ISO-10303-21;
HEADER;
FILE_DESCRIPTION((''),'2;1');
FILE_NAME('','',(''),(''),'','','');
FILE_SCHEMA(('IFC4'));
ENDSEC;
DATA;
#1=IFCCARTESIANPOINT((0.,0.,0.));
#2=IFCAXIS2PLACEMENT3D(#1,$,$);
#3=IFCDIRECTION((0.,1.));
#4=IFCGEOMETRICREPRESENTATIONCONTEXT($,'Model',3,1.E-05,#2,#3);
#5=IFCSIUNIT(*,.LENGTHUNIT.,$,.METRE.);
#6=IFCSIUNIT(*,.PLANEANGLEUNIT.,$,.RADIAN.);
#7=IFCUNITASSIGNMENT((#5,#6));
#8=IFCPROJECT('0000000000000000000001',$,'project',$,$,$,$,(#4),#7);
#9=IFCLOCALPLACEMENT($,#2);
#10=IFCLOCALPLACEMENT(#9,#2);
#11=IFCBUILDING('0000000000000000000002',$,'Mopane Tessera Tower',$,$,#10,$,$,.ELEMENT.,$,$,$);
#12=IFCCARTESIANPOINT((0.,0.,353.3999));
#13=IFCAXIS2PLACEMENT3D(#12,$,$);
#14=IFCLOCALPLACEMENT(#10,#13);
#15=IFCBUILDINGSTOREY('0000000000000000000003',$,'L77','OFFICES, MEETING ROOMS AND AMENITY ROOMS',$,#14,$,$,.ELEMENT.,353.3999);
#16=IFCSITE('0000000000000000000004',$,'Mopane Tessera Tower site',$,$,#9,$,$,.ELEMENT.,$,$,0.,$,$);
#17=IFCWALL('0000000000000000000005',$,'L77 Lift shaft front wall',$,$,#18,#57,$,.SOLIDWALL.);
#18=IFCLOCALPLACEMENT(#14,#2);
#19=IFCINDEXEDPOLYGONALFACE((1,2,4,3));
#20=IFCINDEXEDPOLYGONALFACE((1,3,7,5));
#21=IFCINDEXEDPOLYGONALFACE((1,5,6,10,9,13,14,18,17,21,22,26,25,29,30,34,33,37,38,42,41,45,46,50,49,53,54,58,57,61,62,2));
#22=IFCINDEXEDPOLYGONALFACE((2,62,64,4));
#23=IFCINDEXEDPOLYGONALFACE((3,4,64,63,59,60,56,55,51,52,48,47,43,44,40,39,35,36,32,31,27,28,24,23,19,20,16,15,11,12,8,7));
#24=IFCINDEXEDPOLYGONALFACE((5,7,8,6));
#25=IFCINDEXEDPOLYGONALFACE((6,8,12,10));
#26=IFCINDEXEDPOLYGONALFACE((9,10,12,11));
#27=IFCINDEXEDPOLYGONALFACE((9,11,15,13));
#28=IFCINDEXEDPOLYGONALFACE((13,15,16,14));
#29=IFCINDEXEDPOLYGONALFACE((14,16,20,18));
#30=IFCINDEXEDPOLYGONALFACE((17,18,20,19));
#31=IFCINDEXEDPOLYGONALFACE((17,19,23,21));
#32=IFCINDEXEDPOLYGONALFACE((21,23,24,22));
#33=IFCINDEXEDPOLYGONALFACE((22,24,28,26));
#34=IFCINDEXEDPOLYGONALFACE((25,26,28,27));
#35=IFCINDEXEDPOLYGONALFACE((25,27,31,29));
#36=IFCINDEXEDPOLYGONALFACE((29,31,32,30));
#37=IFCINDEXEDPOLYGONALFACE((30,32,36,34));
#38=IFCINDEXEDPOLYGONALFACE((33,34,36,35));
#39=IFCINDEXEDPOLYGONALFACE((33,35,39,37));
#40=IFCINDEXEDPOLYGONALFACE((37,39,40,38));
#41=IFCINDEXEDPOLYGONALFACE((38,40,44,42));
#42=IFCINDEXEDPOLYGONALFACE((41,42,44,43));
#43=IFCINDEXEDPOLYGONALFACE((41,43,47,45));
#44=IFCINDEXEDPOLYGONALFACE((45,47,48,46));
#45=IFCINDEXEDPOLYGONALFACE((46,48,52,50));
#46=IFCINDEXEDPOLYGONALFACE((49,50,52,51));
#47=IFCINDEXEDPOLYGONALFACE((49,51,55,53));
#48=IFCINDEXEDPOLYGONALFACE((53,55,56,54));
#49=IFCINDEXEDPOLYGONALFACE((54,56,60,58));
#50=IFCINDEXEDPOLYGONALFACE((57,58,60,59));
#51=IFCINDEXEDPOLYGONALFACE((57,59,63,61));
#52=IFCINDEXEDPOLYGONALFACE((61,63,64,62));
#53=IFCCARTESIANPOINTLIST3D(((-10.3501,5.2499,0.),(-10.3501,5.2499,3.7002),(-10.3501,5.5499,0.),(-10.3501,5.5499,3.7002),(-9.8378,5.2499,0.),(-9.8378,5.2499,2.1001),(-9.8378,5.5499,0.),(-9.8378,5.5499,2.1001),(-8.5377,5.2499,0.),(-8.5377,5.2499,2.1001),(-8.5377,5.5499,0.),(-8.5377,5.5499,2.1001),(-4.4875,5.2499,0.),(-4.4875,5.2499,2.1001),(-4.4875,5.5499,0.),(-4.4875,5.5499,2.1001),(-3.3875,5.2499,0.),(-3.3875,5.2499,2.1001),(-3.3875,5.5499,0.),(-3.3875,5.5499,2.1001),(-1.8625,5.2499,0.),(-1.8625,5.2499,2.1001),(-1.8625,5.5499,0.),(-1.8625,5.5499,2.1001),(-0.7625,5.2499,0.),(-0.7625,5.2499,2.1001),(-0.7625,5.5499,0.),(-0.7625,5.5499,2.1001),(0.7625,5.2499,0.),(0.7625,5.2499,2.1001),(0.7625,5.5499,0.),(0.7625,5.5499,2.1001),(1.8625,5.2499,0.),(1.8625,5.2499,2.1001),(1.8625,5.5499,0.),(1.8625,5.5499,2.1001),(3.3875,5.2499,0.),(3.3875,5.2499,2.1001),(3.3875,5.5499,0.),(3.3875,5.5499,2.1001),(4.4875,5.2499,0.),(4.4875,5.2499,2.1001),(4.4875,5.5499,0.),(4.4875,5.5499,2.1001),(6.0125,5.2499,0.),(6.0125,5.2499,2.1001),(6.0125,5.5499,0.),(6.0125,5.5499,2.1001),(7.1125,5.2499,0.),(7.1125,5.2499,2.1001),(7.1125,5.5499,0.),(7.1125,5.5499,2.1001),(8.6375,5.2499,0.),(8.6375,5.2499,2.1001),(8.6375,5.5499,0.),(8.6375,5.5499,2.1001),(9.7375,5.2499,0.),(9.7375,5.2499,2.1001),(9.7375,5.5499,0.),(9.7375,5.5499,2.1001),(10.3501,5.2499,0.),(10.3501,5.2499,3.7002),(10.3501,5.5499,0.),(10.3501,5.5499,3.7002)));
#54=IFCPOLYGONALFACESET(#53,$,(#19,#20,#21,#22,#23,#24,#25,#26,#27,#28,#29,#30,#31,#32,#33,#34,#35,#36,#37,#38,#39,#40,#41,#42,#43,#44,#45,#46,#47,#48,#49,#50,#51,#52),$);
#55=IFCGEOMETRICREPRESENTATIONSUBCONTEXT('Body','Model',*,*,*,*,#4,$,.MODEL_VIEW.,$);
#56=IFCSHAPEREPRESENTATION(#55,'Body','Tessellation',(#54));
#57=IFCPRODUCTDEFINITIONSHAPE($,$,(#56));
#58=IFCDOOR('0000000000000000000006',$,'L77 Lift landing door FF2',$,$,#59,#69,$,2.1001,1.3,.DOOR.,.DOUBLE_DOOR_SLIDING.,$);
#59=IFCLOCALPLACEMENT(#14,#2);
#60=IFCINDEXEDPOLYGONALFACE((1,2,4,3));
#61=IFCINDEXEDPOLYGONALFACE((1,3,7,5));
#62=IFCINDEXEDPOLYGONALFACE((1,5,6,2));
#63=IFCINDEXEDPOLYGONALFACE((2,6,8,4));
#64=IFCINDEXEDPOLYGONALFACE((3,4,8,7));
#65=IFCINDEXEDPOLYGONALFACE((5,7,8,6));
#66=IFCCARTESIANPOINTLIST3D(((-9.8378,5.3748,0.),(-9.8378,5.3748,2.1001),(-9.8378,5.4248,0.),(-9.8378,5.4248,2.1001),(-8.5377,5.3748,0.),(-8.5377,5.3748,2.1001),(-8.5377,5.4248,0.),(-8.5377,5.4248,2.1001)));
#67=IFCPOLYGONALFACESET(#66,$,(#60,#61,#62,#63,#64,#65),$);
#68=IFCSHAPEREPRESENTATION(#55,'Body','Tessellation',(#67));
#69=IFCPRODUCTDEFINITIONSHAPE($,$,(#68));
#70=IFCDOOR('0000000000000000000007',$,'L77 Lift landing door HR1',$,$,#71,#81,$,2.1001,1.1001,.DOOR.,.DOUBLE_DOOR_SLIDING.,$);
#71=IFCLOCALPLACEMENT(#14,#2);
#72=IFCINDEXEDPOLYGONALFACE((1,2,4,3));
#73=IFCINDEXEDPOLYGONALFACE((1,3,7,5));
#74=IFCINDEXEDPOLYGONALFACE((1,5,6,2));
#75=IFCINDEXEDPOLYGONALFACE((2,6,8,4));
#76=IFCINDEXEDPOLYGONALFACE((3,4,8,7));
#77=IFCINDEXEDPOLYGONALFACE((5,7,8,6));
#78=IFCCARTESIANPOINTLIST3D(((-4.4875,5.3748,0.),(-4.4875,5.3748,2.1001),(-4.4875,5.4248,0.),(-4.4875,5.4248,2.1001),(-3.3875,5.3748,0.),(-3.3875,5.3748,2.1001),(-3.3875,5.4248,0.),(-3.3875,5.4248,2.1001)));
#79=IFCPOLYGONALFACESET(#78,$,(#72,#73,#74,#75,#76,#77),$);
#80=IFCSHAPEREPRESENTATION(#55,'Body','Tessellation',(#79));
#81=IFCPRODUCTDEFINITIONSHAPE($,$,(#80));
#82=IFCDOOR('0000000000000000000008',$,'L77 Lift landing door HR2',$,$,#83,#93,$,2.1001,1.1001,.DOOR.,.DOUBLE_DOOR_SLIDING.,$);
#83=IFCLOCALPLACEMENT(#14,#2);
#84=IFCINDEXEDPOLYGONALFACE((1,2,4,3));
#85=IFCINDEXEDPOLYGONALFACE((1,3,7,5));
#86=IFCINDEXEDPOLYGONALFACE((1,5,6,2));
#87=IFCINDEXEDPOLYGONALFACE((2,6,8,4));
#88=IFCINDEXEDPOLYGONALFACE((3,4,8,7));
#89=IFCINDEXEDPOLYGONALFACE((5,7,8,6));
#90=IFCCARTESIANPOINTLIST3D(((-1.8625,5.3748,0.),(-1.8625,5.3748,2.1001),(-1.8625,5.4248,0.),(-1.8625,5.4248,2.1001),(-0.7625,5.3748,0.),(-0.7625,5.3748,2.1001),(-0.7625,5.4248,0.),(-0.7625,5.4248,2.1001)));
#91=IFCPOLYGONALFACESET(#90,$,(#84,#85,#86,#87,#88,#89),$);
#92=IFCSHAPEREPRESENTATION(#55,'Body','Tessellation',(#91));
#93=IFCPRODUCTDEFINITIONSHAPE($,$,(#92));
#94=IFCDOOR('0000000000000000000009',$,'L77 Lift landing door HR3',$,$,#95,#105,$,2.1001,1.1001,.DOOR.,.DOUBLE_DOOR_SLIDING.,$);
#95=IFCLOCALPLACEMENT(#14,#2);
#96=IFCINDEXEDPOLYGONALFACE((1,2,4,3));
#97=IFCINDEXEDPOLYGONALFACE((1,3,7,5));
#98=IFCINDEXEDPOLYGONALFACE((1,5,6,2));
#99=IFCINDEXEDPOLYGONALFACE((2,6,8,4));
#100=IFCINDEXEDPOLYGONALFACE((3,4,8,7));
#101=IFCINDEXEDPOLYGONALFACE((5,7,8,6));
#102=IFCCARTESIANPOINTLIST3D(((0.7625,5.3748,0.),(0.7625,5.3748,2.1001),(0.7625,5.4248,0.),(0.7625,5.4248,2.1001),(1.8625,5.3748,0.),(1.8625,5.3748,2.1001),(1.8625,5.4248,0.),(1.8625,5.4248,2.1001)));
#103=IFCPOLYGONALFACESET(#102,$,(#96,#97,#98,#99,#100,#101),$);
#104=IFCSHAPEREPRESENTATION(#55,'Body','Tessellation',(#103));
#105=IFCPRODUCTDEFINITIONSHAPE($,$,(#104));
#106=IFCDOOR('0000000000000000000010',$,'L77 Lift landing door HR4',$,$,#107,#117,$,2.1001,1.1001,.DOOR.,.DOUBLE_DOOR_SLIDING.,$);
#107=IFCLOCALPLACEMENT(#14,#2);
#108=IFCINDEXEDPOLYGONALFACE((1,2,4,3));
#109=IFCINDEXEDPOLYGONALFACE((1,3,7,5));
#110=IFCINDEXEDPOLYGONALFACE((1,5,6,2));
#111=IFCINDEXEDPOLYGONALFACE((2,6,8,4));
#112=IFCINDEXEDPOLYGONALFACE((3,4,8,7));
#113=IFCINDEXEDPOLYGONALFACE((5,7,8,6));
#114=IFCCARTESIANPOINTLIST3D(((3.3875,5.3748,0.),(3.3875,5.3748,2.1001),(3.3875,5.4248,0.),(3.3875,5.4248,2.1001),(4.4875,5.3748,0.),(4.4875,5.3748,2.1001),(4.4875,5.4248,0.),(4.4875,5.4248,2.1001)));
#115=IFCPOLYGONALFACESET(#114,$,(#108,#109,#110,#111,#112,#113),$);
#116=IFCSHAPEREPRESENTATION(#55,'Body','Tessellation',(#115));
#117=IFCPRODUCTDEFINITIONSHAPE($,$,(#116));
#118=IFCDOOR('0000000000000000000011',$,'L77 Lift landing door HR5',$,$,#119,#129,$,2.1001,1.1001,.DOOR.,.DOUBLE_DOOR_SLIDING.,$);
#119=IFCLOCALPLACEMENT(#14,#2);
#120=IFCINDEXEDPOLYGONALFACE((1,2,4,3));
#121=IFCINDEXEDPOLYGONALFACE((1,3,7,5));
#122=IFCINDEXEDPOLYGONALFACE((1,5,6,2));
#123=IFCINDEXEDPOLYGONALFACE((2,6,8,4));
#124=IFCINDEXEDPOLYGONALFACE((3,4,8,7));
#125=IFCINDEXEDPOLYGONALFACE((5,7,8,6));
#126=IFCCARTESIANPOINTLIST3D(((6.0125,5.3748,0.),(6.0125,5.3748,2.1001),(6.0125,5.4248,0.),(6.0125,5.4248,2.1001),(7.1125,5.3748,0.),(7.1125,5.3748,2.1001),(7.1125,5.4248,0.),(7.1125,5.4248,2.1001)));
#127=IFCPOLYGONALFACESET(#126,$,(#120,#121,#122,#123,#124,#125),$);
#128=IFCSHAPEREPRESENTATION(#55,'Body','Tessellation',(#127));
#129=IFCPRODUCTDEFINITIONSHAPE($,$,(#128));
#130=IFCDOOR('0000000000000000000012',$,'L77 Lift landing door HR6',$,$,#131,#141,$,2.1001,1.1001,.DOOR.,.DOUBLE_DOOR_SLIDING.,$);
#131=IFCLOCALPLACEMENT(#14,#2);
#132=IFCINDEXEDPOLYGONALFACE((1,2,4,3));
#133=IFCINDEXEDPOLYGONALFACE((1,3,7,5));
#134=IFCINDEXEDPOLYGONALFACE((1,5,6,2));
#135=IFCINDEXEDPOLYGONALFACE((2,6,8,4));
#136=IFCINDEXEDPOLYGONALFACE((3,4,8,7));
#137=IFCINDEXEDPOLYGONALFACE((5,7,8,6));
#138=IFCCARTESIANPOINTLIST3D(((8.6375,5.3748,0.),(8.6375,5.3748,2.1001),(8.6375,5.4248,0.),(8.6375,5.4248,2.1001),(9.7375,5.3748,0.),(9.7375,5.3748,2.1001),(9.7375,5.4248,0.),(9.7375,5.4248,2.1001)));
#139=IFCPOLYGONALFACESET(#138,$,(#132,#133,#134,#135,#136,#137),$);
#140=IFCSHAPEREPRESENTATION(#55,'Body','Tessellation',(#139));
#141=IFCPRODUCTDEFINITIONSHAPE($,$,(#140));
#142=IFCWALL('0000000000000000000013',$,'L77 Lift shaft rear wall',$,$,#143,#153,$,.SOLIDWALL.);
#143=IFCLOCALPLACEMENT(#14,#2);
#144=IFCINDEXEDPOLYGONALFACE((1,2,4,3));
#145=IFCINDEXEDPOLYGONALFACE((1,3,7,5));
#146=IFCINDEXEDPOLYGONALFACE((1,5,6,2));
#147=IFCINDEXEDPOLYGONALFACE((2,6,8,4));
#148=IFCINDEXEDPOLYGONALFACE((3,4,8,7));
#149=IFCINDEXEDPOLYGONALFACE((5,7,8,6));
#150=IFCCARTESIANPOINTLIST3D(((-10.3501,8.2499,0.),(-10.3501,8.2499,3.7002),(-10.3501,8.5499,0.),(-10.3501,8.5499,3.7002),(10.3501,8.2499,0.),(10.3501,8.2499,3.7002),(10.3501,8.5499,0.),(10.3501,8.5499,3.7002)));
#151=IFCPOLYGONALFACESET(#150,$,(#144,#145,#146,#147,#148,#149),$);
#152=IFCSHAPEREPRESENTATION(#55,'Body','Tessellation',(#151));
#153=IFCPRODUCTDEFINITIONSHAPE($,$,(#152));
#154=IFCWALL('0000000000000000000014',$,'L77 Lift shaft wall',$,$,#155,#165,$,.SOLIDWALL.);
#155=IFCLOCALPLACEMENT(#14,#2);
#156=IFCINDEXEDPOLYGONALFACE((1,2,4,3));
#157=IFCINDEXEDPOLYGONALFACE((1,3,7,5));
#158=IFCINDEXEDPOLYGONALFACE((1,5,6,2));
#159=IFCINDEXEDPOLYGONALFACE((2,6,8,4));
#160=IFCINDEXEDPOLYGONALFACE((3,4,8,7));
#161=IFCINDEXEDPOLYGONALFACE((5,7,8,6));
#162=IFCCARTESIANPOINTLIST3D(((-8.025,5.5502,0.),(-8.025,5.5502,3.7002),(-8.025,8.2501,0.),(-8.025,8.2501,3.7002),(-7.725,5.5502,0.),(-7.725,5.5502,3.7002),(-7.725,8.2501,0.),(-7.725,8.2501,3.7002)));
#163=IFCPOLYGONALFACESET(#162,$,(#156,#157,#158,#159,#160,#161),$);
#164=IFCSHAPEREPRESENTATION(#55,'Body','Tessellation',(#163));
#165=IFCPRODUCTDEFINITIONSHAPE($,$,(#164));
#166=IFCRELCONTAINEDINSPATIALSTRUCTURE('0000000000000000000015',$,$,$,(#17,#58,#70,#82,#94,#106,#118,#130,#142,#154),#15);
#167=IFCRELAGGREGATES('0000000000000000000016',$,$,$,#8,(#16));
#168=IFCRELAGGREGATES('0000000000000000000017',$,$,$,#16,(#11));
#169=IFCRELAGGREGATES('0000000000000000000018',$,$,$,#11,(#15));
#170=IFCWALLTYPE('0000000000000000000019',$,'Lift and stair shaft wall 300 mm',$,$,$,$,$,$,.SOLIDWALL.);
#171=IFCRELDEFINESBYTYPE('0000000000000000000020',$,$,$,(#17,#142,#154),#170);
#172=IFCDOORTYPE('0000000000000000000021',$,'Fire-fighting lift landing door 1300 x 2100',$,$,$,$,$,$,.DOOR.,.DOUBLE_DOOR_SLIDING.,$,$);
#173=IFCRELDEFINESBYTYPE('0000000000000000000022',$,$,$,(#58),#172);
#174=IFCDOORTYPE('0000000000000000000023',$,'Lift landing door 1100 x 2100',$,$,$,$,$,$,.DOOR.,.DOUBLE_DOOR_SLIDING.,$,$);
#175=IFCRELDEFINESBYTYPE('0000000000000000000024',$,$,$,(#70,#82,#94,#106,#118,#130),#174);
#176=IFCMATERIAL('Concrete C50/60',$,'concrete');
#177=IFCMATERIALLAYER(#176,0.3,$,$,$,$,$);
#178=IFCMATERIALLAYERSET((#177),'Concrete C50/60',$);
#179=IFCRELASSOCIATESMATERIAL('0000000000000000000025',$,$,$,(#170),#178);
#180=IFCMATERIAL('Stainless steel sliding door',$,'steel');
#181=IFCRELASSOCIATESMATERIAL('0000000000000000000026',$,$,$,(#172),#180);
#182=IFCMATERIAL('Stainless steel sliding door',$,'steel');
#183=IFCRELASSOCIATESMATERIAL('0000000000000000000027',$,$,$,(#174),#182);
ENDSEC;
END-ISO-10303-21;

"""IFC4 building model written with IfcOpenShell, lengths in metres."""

from ifc_helpers import new_model, si_unit, direction, frame, frame_2d, origin, place, context, subcontext, project, spatial, rectangle, extrude, material, layer, layer_set, type_object, element, fill, save


model = new_model("IFC4")

# Units and contexts
model_context = context("Model", 3, precision=1e-05, world=origin(), true_north=direction((0.0, 1.0)))
body_context = subcontext(model_context, "Body", "Model", "MODEL_VIEW")
ifc_project = project(units=[si_unit("LENGTHUNIT", "METRE"), si_unit("PLANEANGLEUNIT", "RADIAN")], contexts=[model_context])

# Site, building, storey
site_placement = place(None, origin())
site = spatial("IfcSite", under=ifc_project, at=site_placement, Name="Mopane Tessera Tower site", CompositionType="ELEMENT", RefElevation=0.0)
building_placement = place(site_placement, origin())
building = spatial("IfcBuilding", under=site, at=building_placement, Name="Mopane Tessera Tower", CompositionType="ELEMENT")
storey_placement = place(building_placement, frame((0.0, 0.0, 353.3999)))
storey = spatial("IfcBuildingStorey", under=building, at=storey_placement, Name="L77", Description="OFFICES, MEETING ROOMS AND AMENITY ROOMS", CompositionType="ELEMENT", Elevation=353.3999)

# Wall, openings, doors
ifc_material_1 = material(Name="Concrete C50/60", Category="concrete")
ifc_layer_1 = layer(ifc_material_1, 0.3)
ifc_layer_set_1 = layer_set([ifc_layer_1], Name="Concrete C50/60")
wall_type_1 = type_object("IfcWallType", Name="Lift and stair shaft wall 300 mm", PredefinedType="SOLIDWALL", material=ifc_layer_set_1)
ifc_material_2 = material(Name="Stainless steel sliding door", Category="steel")
door_type_1 = type_object("IfcDoorType", Name="Fire-fighting lift landing door 1300 x 2100", OperationType="DOUBLE_DOOR_SLIDING", PredefinedType="DOOR", material=ifc_material_2)
wall_1_placement = place(storey_placement, frame((-10.3501, 5.3999, 0.0), z_axis=(0.0, 0.0, 1.0), x_axis=(1.0, 0.0, 0.0)))
wall_1 = element("IfcWall", 1, at=wall_1_placement, inside=storey, type_object=wall_type_1, Name="L77 Lift shaft front wall", PredefinedType="SOLIDWALL", context=body_context, shape_type="SweptSolid", body=[
    extrude(rectangle(XDim=20.7002, YDim=0.3, at=frame_2d((10.3501, 0.0))), origin(), (0.0, 0.0, 1.0), 3.7002),
])
opening_1_placement = place(wall_1_placement, frame((0.5125, 0.0, 0.0)))
opening_1 = element("IfcOpeningElement", 2, at=opening_1_placement, cuts=wall_1, PredefinedType="OPENING", context=body_context, shape_type="SweptSolid", body=[
    extrude(rectangle(XDim=1.3, YDim=2.1001, at=frame_2d((0.6499, 1.05))), frame((0.0, 0.1621, 0.0), z_axis=(0.0, -1.0, 0.0), x_axis=(1.0, 0.0, 0.0)), (0.0, 0.0, 1.0), 0.324),
])
opening_2_placement = place(wall_1_placement, frame((5.8625, 0.0, 0.0)))
opening_2 = element("IfcOpeningElement", 3, at=opening_2_placement, cuts=wall_1, PredefinedType="OPENING", context=body_context, shape_type="SweptSolid", body=[
    extrude(rectangle(XDim=1.1001, YDim=2.1001, at=frame_2d((0.55, 1.05))), frame((0.0, 0.1621, 0.0), z_axis=(0.0, -1.0, 0.0), x_axis=(1.0, 0.0, 0.0)), (0.0, 0.0, 1.0), 0.324),
])
opening_3_placement = place(wall_1_placement, frame((8.4875, 0.0, 0.0)))
opening_3 = element("IfcOpeningElement", 4, at=opening_3_placement, cuts=wall_1, PredefinedType="OPENING", context=body_context, shape_type="SweptSolid", body=[
    extrude(rectangle(XDim=1.1001, YDim=2.1001, at=frame_2d((0.55, 1.05))), frame((0.0, 0.1621, 0.0), z_axis=(0.0, -1.0, 0.0), x_axis=(1.0, 0.0, 0.0)), (0.0, 0.0, 1.0), 0.324),
])
opening_4_placement = place(wall_1_placement, frame((11.1125, 0.0, 0.0)))
opening_4 = element("IfcOpeningElement", 5, at=opening_4_placement, cuts=wall_1, PredefinedType="OPENING", context=body_context, shape_type="SweptSolid", body=[
    extrude(rectangle(XDim=1.1001, YDim=2.1001, at=frame_2d((0.55, 1.05))), frame((0.0, 0.1621, 0.0), z_axis=(0.0, -1.0, 0.0), x_axis=(1.0, 0.0, 0.0)), (0.0, 0.0, 1.0), 0.324),
])
opening_5_placement = place(wall_1_placement, frame((13.7375, 0.0, 0.0)))
opening_5 = element("IfcOpeningElement", 6, at=opening_5_placement, cuts=wall_1, PredefinedType="OPENING", context=body_context, shape_type="SweptSolid", body=[
    extrude(rectangle(XDim=1.1001, YDim=2.1001, at=frame_2d((0.55, 1.05))), frame((0.0, 0.1621, 0.0), z_axis=(0.0, -1.0, 0.0), x_axis=(1.0, 0.0, 0.0)), (0.0, 0.0, 1.0), 0.324),
])
opening_6_placement = place(wall_1_placement, frame((16.3625, 0.0, 0.0)))
opening_6 = element("IfcOpeningElement", 7, at=opening_6_placement, cuts=wall_1, PredefinedType="OPENING", context=body_context, shape_type="SweptSolid", body=[
    extrude(rectangle(XDim=1.1001, YDim=2.1001, at=frame_2d((0.55, 1.05))), frame((0.0, 0.1621, 0.0), z_axis=(0.0, -1.0, 0.0), x_axis=(1.0, 0.0, 0.0)), (0.0, 0.0, 1.0), 0.324),
])
opening_7_placement = place(wall_1_placement, frame((18.9875, 0.0, 0.0)))
opening_7 = element("IfcOpeningElement", 8, at=opening_7_placement, cuts=wall_1, PredefinedType="OPENING", context=body_context, shape_type="SweptSolid", body=[
    extrude(rectangle(XDim=1.1001, YDim=2.1001, at=frame_2d((0.55, 1.05))), frame((0.0, 0.1621, 0.0), z_axis=(0.0, -1.0, 0.0), x_axis=(1.0, 0.0, 0.0)), (0.0, 0.0, 1.0), 0.324),
])
door_1_placement = place(opening_1_placement, origin())
door_1 = element("IfcDoor", 9, at=door_1_placement, inside=storey, type_object=door_type_1, Name="L77 Lift landing door FF2", OperationType="DOUBLE_DOOR_SLIDING", OverallHeight=2.1001, OverallWidth=1.3, PredefinedType="DOOR", context=body_context, shape_type="SweptSolid", body=[
    extrude(rectangle(XDim=1.3, YDim=2.1001, at=frame_2d((0.6499, 1.05))), frame((0.0, 0.0249, 0.0), z_axis=(0.0, -1.0, 0.0), x_axis=(1.0, 0.0, 0.0)), (0.0, 0.0, 1.0), 0.05),
])
fill(opening_1, door_1)
ifc_material_3 = material(Name="Stainless steel sliding door", Category="steel")
door_type_2 = type_object("IfcDoorType", Name="Lift landing door 1100 x 2100", OperationType="DOUBLE_DOOR_SLIDING", PredefinedType="DOOR", material=ifc_material_3)
door_2_placement = place(opening_2_placement, origin())
door_2 = element("IfcDoor", 10, at=door_2_placement, inside=storey, type_object=door_type_2, Name="L77 Lift landing door HR1", OperationType="DOUBLE_DOOR_SLIDING", OverallHeight=2.1001, OverallWidth=1.1001, PredefinedType="DOOR", context=body_context, shape_type="SweptSolid", body=[
    extrude(rectangle(XDim=1.1001, YDim=2.1001, at=frame_2d((0.55, 1.05))), frame((0.0, 0.0249, 0.0), z_axis=(0.0, -1.0, 0.0), x_axis=(1.0, 0.0, 0.0)), (0.0, 0.0, 1.0), 0.05),
])
fill(opening_2, door_2)
door_3_placement = place(opening_3_placement, origin())
door_3 = element("IfcDoor", 11, at=door_3_placement, inside=storey, type_object=door_type_2, Name="L77 Lift landing door HR2", OperationType="DOUBLE_DOOR_SLIDING", OverallHeight=2.1001, OverallWidth=1.1001, PredefinedType="DOOR", context=body_context, shape_type="SweptSolid", body=[
    extrude(rectangle(XDim=1.1001, YDim=2.1001, at=frame_2d((0.55, 1.05))), frame((0.0, 0.0249, 0.0), z_axis=(0.0, -1.0, 0.0), x_axis=(1.0, 0.0, 0.0)), (0.0, 0.0, 1.0), 0.05),
])
fill(opening_3, door_3)
door_4_placement = place(opening_4_placement, origin())
door_4 = element("IfcDoor", 12, at=door_4_placement, inside=storey, type_object=door_type_2, Name="L77 Lift landing door HR3", OperationType="DOUBLE_DOOR_SLIDING", OverallHeight=2.1001, OverallWidth=1.1001, PredefinedType="DOOR", context=body_context, shape_type="SweptSolid", body=[
    extrude(rectangle(XDim=1.1001, YDim=2.1001, at=frame_2d((0.55, 1.05))), frame((0.0, 0.0249, 0.0), z_axis=(0.0, -1.0, 0.0), x_axis=(1.0, 0.0, 0.0)), (0.0, 0.0, 1.0), 0.05),
])
fill(opening_4, door_4)
door_5_placement = place(opening_5_placement, origin())
door_5 = element("IfcDoor", 13, at=door_5_placement, inside=storey, type_object=door_type_2, Name="L77 Lift landing door HR4", OperationType="DOUBLE_DOOR_SLIDING", OverallHeight=2.1001, OverallWidth=1.1001, PredefinedType="DOOR", context=body_context, shape_type="SweptSolid", body=[
    extrude(rectangle(XDim=1.1001, YDim=2.1001, at=frame_2d((0.55, 1.05))), frame((0.0, 0.0249, 0.0), z_axis=(0.0, -1.0, 0.0), x_axis=(1.0, 0.0, 0.0)), (0.0, 0.0, 1.0), 0.05),
])
fill(opening_5, door_5)
door_6_placement = place(opening_6_placement, origin())
door_6 = element("IfcDoor", 14, at=door_6_placement, inside=storey, type_object=door_type_2, Name="L77 Lift landing door HR5", OperationType="DOUBLE_DOOR_SLIDING", OverallHeight=2.1001, OverallWidth=1.1001, PredefinedType="DOOR", context=body_context, shape_type="SweptSolid", body=[
    extrude(rectangle(XDim=1.1001, YDim=2.1001, at=frame_2d((0.55, 1.05))), frame((0.0, 0.0249, 0.0), z_axis=(0.0, -1.0, 0.0), x_axis=(1.0, 0.0, 0.0)), (0.0, 0.0, 1.0), 0.05),
])
fill(opening_6, door_6)
door_7_placement = place(opening_7_placement, origin())
door_7 = element("IfcDoor", 15, at=door_7_placement, inside=storey, type_object=door_type_2, Name="L77 Lift landing door HR6", OperationType="DOUBLE_DOOR_SLIDING", OverallHeight=2.1001, OverallWidth=1.1001, PredefinedType="DOOR", context=body_context, shape_type="SweptSolid", body=[
    extrude(rectangle(XDim=1.1001, YDim=2.1001, at=frame_2d((0.55, 1.05))), frame((0.0, 0.0249, 0.0), z_axis=(0.0, -1.0, 0.0), x_axis=(1.0, 0.0, 0.0)), (0.0, 0.0, 1.0), 0.05),
])
fill(opening_7, door_7)

# Walls
wall_2_placement = place(storey_placement, frame((-10.3501, 8.3999, 0.0), z_axis=(0.0, 0.0, 1.0), x_axis=(1.0, 0.0, 0.0)))
element("IfcWall", 16, at=wall_2_placement, inside=storey, type_object=wall_type_1, Name="L77 Lift shaft rear wall", PredefinedType="SOLIDWALL", context=body_context, shape_type="SweptSolid", body=[
    extrude(rectangle(XDim=20.7002, YDim=0.3, at=frame_2d((10.3501, 0.0))), origin(), (0.0, 0.0, 1.0), 3.7002),
])
for number, where, z_axis, x_axis, name in (
    (17, (-7.875, 5.55, 0.0), (0.0, 0.0, 1.0), (0.0, 1.0, 0.0), "L77 Lift shaft wall"),
):
    element("IfcWall", number, at=place(storey_placement, frame(where, z_axis=z_axis, x_axis=x_axis)), inside=storey, type_object=wall_type_1, Name=name, PredefinedType="SOLIDWALL", context=body_context, shape_type="SweptSolid", body=[
        extrude(rectangle(XDim=2.7, YDim=0.3, at=frame_2d((1.3501, 0.0))), origin(), (0.0, 0.0, 1.0), 3.7002),
    ])

save(model, "model.ifc")
